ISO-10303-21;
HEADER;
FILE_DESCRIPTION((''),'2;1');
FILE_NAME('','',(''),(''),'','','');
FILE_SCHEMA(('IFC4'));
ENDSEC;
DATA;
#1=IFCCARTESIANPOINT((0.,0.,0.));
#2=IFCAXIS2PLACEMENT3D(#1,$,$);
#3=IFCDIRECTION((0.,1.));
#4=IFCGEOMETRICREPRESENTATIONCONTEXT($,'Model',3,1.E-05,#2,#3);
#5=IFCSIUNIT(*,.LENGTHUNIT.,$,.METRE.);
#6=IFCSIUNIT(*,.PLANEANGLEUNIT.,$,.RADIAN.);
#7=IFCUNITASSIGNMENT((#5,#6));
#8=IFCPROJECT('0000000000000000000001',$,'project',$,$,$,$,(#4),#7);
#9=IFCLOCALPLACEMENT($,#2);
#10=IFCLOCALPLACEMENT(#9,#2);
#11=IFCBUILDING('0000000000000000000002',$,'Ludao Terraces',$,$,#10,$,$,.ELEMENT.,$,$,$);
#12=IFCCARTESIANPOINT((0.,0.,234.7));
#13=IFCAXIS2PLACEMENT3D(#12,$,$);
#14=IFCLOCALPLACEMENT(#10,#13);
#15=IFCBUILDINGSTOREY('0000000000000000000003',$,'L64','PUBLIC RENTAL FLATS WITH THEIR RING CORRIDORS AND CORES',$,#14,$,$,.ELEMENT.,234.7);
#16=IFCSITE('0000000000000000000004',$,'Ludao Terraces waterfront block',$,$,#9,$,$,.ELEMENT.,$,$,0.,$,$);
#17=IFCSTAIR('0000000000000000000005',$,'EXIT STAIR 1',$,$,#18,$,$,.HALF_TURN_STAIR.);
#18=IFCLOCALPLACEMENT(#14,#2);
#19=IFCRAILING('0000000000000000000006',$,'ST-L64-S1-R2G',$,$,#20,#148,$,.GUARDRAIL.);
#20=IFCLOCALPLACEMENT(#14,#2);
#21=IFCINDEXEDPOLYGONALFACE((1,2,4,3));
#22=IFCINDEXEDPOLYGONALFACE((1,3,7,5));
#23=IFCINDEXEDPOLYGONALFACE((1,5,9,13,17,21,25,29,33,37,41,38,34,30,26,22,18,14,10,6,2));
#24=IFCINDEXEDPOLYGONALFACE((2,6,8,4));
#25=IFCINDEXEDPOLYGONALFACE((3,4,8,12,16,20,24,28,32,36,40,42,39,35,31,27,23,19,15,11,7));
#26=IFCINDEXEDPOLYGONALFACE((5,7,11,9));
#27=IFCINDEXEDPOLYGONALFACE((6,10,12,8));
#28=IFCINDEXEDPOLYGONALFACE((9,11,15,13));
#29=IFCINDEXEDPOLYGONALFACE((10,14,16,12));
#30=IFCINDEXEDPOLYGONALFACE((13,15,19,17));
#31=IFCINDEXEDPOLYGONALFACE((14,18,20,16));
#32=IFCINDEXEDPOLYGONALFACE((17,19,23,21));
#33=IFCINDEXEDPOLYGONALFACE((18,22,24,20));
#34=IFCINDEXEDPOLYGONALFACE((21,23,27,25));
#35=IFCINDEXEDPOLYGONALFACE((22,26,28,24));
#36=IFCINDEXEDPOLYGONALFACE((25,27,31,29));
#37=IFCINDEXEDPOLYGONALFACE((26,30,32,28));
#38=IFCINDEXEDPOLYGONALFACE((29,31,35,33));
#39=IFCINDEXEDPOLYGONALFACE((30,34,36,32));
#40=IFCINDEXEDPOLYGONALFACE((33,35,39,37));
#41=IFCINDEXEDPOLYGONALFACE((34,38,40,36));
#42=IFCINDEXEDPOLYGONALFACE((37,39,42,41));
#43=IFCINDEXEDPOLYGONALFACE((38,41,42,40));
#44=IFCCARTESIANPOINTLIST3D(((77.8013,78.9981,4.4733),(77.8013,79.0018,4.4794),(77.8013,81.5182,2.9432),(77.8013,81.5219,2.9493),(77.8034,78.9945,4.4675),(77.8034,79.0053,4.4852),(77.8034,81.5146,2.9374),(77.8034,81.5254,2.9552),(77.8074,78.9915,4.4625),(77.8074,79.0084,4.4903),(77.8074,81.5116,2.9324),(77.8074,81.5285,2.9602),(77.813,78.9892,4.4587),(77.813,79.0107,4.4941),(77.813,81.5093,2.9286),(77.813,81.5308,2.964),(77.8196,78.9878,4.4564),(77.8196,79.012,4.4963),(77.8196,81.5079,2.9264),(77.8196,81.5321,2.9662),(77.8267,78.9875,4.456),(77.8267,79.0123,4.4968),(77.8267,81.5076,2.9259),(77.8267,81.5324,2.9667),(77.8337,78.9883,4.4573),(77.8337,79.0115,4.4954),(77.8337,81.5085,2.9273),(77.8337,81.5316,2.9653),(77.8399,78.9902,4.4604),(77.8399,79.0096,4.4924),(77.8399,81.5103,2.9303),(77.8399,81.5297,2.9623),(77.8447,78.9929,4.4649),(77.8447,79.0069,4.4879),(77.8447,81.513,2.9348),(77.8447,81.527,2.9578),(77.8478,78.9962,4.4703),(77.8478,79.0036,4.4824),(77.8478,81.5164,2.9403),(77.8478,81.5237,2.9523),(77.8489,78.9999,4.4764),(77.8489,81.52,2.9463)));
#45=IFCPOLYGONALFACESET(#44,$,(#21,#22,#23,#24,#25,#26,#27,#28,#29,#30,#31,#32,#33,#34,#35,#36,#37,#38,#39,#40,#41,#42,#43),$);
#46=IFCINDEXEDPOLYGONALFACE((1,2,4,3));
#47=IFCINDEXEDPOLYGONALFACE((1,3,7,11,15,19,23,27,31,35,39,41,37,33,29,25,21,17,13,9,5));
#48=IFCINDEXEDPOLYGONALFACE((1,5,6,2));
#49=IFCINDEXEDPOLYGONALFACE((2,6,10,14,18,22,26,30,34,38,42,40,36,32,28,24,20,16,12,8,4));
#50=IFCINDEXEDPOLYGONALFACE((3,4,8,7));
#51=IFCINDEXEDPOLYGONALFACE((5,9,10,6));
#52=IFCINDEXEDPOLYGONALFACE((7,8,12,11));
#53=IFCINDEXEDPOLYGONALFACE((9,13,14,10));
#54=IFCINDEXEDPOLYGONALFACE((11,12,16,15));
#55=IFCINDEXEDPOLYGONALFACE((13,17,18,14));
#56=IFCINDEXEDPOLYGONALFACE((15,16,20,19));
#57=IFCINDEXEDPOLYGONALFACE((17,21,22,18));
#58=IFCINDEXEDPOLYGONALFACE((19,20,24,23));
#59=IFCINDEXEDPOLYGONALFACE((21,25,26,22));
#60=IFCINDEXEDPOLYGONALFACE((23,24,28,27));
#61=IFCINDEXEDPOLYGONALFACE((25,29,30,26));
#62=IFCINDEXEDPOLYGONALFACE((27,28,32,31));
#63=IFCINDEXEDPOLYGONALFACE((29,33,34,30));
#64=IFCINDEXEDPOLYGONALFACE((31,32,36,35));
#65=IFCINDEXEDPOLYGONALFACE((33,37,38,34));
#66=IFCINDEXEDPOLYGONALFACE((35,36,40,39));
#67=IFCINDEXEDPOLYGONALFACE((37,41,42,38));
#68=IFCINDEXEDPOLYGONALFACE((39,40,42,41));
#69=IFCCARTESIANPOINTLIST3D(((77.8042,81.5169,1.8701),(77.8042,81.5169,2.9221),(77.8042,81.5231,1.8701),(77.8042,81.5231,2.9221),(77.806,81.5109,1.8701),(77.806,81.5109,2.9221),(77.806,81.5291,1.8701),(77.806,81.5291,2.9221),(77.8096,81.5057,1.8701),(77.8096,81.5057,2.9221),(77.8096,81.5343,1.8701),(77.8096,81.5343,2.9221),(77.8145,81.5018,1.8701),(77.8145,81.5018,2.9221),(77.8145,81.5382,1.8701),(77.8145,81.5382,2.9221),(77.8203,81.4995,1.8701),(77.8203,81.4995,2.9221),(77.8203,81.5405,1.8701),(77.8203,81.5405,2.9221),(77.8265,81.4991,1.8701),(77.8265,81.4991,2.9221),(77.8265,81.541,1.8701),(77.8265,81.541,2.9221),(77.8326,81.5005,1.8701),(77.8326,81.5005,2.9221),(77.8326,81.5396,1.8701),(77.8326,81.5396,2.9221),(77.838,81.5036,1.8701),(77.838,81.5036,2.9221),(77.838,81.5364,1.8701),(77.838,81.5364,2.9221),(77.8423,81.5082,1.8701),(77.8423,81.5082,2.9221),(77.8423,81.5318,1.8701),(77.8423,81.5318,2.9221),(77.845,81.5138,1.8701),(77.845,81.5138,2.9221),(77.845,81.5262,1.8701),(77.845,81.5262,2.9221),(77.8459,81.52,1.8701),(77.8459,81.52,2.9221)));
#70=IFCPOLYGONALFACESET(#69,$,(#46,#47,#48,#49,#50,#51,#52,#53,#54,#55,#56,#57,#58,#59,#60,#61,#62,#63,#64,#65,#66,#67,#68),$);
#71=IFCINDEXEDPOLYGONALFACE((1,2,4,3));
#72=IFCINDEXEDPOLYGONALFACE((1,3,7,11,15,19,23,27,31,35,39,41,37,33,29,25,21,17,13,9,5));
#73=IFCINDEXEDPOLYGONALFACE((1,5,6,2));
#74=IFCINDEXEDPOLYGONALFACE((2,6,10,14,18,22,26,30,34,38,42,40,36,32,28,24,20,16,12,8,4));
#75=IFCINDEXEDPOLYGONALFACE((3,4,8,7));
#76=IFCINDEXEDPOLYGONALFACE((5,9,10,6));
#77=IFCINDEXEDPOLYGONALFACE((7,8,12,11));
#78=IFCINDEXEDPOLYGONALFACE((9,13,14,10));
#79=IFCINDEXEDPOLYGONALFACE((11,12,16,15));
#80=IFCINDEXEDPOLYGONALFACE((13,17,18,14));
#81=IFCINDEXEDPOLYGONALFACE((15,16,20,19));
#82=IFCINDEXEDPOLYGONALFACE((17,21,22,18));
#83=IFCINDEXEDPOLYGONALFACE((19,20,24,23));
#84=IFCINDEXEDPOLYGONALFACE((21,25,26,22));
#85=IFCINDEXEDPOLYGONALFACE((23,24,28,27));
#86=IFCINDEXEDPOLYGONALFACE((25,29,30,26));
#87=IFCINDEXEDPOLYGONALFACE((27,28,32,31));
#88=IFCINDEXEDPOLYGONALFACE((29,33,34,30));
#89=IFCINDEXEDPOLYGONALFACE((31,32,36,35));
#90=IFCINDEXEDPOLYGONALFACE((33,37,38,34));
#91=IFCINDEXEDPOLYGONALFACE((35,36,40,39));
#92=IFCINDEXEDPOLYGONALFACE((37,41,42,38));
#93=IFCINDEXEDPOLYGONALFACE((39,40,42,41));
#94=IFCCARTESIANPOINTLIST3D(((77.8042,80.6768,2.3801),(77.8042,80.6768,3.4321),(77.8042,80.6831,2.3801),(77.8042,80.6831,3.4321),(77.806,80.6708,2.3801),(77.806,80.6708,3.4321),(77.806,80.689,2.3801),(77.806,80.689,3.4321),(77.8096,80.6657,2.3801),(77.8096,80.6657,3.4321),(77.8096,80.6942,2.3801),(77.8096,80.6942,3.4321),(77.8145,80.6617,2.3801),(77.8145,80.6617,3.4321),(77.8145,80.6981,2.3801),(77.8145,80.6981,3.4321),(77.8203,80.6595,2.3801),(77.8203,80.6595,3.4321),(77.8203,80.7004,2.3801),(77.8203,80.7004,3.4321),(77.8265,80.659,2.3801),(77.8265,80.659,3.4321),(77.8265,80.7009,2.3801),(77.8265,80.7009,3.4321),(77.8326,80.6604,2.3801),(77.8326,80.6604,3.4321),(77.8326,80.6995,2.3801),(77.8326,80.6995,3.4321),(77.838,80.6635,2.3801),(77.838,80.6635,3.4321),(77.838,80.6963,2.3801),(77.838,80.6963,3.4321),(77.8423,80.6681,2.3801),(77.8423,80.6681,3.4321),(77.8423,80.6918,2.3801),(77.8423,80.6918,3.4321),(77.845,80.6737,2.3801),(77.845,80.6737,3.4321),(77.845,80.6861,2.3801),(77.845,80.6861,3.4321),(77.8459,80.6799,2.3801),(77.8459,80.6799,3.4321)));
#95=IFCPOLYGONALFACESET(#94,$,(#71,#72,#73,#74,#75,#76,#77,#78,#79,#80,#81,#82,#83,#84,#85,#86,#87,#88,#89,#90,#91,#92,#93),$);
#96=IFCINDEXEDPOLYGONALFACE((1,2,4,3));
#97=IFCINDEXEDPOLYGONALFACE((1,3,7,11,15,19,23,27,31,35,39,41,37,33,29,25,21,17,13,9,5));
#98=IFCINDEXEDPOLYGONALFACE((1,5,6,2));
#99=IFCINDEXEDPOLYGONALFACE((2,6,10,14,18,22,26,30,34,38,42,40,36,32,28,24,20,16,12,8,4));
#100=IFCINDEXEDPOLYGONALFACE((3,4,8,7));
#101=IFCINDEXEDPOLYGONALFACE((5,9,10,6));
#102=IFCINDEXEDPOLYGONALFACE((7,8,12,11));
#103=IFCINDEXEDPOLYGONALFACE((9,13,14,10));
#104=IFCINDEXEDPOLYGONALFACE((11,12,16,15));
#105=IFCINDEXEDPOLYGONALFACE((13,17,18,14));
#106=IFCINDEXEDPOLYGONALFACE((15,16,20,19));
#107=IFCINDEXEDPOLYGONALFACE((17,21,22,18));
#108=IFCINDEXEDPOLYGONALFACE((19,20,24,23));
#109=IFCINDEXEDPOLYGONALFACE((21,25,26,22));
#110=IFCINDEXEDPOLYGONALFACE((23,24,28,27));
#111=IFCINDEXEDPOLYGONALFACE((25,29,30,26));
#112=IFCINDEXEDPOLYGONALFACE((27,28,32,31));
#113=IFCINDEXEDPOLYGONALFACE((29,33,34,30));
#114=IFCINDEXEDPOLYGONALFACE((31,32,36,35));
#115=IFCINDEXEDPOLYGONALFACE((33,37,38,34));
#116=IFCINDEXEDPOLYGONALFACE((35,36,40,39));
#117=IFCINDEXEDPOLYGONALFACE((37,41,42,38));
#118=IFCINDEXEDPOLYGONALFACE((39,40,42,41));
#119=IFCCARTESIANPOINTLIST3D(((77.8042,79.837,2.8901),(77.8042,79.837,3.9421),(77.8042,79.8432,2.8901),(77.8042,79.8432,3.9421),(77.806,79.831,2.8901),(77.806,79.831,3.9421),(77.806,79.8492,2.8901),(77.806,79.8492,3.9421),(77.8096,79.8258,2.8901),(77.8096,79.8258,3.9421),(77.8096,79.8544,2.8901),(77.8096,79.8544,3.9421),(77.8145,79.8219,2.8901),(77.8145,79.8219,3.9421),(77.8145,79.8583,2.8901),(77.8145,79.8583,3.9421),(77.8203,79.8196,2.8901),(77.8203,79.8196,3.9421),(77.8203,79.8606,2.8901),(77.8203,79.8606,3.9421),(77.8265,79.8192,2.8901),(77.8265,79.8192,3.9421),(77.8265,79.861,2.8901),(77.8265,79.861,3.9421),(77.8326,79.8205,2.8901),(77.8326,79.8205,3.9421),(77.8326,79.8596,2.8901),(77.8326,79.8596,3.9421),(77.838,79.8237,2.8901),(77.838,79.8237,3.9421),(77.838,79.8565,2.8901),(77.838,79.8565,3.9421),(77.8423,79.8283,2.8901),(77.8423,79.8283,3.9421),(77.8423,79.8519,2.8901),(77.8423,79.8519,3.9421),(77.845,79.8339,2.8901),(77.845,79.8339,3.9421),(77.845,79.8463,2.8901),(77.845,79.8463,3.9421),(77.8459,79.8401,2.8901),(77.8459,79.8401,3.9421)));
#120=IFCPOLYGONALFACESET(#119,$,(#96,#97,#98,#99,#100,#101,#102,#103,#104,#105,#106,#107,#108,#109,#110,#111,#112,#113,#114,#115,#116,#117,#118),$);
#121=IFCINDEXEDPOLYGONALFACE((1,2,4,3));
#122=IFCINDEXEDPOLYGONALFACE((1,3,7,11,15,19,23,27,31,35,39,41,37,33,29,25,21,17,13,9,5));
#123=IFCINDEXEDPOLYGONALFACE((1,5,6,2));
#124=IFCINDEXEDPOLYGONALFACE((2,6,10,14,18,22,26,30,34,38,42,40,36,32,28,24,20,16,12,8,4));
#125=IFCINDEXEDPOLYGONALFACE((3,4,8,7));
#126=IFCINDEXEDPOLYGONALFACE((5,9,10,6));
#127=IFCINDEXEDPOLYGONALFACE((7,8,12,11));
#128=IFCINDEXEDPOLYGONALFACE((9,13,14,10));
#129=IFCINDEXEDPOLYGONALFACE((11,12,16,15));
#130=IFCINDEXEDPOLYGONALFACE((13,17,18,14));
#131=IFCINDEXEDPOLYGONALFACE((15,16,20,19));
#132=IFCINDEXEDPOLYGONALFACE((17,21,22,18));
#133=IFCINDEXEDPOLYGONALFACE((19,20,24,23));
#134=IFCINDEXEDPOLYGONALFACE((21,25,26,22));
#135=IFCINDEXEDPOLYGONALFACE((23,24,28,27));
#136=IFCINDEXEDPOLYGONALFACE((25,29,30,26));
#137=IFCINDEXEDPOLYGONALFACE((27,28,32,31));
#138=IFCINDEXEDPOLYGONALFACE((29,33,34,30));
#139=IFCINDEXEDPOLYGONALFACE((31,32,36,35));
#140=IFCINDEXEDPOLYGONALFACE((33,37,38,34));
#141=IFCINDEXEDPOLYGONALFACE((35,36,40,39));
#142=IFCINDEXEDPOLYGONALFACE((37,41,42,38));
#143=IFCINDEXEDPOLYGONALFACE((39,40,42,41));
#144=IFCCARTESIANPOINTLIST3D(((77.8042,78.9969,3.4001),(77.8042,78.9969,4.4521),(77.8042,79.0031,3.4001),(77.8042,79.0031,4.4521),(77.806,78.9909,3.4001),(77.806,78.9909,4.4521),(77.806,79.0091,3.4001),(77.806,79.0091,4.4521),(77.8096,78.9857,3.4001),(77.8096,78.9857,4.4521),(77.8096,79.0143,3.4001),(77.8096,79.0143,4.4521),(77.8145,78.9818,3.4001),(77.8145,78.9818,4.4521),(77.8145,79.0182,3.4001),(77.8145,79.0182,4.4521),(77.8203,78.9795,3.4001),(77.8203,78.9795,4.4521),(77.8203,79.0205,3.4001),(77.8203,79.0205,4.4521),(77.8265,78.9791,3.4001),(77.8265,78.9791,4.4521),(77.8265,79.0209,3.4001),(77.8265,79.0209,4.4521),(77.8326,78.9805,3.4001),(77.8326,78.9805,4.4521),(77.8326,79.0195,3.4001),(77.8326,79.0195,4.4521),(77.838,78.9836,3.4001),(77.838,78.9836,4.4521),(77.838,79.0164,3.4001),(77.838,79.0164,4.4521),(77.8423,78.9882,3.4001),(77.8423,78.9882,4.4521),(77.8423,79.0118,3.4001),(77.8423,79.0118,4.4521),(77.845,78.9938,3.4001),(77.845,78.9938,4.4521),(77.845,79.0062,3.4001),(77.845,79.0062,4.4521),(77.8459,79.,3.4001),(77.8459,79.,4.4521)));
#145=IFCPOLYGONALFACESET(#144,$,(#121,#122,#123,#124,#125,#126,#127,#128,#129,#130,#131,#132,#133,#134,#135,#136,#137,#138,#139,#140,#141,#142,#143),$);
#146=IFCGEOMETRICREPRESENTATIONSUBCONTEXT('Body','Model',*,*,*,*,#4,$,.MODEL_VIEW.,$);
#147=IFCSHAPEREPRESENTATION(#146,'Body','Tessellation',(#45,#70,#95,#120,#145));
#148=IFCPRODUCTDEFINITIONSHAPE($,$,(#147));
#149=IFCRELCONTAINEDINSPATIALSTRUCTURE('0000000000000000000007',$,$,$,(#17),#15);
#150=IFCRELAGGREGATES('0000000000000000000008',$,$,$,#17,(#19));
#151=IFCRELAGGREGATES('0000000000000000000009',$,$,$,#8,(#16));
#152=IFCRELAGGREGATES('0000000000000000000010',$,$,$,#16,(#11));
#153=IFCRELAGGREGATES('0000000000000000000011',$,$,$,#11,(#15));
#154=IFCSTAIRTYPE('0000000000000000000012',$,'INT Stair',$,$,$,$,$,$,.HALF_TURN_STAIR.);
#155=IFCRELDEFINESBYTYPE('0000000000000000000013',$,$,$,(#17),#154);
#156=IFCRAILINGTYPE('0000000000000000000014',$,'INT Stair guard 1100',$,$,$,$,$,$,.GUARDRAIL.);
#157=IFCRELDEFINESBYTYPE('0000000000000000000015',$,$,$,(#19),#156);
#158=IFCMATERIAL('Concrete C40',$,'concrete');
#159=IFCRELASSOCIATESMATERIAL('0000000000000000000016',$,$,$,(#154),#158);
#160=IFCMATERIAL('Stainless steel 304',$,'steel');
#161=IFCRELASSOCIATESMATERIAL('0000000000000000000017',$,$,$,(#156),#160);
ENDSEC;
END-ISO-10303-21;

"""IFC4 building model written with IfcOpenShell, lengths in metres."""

from ifc_helpers import new_model, si_unit, direction, frame, origin, origin_2d, place, context, subcontext, project, spatial, circle, extrude, material, type_object, element, aggregate, save


model = new_model("IFC4")

# Units and contexts
model_context = context("Model", 3, precision=1e-05, world=origin(), true_north=direction((0.0, 1.0)))
body_context = subcontext(model_context, "Body", "Model", "MODEL_VIEW")
ifc_project = project(units=[si_unit("LENGTHUNIT", "METRE"), si_unit("PLANEANGLEUNIT", "RADIAN")], contexts=[model_context])

# Site, building, storey
site_placement = place(None, origin())
site = spatial("IfcSite", under=ifc_project, at=site_placement, Name="Ludao Terraces waterfront block", CompositionType="ELEMENT", RefElevation=0.0)
building_placement = place(site_placement, origin())
building = spatial("IfcBuilding", under=site, at=building_placement, Name="Ludao Terraces", CompositionType="ELEMENT")
storey_placement = place(building_placement, frame((0.0, 0.0, 234.7)))
storey = spatial("IfcBuildingStorey", under=building, at=storey_placement, Name="L64", Description="PUBLIC RENTAL FLATS WITH THEIR RING CORRIDORS AND CORES", CompositionType="ELEMENT", Elevation=234.7)

# Shared definitions
ifc_material_1 = material(Name="Concrete C40", Category="concrete")

# Stair, railing
stair_type = type_object("IfcStairType", Name="INT Stair", PredefinedType="HALF_TURN_STAIR", material=ifc_material_1)
stair_placement = place(storey_placement, origin())
stair = element("IfcStair", 1, at=stair_placement, inside=storey, type_object=stair_type, Name="EXIT STAIR 1", PredefinedType="HALF_TURN_STAIR")
ifc_material_2 = material(Name="Stainless steel 304", Category="steel")
railing_type_1 = type_object("IfcRailingType", Name="INT Stair guard 1100", PredefinedType="GUARDRAIL", material=ifc_material_2)
railing_1_placement = place(storey_placement, frame((77.825, 81.52, 1.8701)))
railing_1 = element("IfcRailing", 2, at=railing_1_placement, type_object=railing_type_1, Name="ST-L64-S1-R2G", PredefinedType="GUARDRAIL", context=body_context, shape_type="SweptSolid", body=[
    extrude(circle(Radius=0.0239, at=origin_2d()), frame((0.0, 0.0, 1.0762), z_axis=(0.0, -0.854785, 0.518982), x_axis=(1.0, 0.0, 0.0)), (0.0, 0.0, 1.0), 2.9482),
    extrude(circle(Radius=0.021, at=origin_2d()), origin(), (0.0, 0.0, 1.0), 1.052),
    extrude(circle(Radius=0.021, at=origin_2d()), frame((0.0, -0.8401, 0.51)), (0.0, 0.0, 1.0), 1.052),
    extrude(circle(Radius=0.021, at=origin_2d()), frame((0.0, -1.6799, 1.02)), (0.0, 0.0, 1.0), 1.052),
    extrude(circle(Radius=0.021, at=origin_2d()), frame((0.0, -2.52, 1.53)), (0.0, 0.0, 1.0), 1.052),
])
aggregate(stair, [railing_1])

save(model, "model.ifc")
